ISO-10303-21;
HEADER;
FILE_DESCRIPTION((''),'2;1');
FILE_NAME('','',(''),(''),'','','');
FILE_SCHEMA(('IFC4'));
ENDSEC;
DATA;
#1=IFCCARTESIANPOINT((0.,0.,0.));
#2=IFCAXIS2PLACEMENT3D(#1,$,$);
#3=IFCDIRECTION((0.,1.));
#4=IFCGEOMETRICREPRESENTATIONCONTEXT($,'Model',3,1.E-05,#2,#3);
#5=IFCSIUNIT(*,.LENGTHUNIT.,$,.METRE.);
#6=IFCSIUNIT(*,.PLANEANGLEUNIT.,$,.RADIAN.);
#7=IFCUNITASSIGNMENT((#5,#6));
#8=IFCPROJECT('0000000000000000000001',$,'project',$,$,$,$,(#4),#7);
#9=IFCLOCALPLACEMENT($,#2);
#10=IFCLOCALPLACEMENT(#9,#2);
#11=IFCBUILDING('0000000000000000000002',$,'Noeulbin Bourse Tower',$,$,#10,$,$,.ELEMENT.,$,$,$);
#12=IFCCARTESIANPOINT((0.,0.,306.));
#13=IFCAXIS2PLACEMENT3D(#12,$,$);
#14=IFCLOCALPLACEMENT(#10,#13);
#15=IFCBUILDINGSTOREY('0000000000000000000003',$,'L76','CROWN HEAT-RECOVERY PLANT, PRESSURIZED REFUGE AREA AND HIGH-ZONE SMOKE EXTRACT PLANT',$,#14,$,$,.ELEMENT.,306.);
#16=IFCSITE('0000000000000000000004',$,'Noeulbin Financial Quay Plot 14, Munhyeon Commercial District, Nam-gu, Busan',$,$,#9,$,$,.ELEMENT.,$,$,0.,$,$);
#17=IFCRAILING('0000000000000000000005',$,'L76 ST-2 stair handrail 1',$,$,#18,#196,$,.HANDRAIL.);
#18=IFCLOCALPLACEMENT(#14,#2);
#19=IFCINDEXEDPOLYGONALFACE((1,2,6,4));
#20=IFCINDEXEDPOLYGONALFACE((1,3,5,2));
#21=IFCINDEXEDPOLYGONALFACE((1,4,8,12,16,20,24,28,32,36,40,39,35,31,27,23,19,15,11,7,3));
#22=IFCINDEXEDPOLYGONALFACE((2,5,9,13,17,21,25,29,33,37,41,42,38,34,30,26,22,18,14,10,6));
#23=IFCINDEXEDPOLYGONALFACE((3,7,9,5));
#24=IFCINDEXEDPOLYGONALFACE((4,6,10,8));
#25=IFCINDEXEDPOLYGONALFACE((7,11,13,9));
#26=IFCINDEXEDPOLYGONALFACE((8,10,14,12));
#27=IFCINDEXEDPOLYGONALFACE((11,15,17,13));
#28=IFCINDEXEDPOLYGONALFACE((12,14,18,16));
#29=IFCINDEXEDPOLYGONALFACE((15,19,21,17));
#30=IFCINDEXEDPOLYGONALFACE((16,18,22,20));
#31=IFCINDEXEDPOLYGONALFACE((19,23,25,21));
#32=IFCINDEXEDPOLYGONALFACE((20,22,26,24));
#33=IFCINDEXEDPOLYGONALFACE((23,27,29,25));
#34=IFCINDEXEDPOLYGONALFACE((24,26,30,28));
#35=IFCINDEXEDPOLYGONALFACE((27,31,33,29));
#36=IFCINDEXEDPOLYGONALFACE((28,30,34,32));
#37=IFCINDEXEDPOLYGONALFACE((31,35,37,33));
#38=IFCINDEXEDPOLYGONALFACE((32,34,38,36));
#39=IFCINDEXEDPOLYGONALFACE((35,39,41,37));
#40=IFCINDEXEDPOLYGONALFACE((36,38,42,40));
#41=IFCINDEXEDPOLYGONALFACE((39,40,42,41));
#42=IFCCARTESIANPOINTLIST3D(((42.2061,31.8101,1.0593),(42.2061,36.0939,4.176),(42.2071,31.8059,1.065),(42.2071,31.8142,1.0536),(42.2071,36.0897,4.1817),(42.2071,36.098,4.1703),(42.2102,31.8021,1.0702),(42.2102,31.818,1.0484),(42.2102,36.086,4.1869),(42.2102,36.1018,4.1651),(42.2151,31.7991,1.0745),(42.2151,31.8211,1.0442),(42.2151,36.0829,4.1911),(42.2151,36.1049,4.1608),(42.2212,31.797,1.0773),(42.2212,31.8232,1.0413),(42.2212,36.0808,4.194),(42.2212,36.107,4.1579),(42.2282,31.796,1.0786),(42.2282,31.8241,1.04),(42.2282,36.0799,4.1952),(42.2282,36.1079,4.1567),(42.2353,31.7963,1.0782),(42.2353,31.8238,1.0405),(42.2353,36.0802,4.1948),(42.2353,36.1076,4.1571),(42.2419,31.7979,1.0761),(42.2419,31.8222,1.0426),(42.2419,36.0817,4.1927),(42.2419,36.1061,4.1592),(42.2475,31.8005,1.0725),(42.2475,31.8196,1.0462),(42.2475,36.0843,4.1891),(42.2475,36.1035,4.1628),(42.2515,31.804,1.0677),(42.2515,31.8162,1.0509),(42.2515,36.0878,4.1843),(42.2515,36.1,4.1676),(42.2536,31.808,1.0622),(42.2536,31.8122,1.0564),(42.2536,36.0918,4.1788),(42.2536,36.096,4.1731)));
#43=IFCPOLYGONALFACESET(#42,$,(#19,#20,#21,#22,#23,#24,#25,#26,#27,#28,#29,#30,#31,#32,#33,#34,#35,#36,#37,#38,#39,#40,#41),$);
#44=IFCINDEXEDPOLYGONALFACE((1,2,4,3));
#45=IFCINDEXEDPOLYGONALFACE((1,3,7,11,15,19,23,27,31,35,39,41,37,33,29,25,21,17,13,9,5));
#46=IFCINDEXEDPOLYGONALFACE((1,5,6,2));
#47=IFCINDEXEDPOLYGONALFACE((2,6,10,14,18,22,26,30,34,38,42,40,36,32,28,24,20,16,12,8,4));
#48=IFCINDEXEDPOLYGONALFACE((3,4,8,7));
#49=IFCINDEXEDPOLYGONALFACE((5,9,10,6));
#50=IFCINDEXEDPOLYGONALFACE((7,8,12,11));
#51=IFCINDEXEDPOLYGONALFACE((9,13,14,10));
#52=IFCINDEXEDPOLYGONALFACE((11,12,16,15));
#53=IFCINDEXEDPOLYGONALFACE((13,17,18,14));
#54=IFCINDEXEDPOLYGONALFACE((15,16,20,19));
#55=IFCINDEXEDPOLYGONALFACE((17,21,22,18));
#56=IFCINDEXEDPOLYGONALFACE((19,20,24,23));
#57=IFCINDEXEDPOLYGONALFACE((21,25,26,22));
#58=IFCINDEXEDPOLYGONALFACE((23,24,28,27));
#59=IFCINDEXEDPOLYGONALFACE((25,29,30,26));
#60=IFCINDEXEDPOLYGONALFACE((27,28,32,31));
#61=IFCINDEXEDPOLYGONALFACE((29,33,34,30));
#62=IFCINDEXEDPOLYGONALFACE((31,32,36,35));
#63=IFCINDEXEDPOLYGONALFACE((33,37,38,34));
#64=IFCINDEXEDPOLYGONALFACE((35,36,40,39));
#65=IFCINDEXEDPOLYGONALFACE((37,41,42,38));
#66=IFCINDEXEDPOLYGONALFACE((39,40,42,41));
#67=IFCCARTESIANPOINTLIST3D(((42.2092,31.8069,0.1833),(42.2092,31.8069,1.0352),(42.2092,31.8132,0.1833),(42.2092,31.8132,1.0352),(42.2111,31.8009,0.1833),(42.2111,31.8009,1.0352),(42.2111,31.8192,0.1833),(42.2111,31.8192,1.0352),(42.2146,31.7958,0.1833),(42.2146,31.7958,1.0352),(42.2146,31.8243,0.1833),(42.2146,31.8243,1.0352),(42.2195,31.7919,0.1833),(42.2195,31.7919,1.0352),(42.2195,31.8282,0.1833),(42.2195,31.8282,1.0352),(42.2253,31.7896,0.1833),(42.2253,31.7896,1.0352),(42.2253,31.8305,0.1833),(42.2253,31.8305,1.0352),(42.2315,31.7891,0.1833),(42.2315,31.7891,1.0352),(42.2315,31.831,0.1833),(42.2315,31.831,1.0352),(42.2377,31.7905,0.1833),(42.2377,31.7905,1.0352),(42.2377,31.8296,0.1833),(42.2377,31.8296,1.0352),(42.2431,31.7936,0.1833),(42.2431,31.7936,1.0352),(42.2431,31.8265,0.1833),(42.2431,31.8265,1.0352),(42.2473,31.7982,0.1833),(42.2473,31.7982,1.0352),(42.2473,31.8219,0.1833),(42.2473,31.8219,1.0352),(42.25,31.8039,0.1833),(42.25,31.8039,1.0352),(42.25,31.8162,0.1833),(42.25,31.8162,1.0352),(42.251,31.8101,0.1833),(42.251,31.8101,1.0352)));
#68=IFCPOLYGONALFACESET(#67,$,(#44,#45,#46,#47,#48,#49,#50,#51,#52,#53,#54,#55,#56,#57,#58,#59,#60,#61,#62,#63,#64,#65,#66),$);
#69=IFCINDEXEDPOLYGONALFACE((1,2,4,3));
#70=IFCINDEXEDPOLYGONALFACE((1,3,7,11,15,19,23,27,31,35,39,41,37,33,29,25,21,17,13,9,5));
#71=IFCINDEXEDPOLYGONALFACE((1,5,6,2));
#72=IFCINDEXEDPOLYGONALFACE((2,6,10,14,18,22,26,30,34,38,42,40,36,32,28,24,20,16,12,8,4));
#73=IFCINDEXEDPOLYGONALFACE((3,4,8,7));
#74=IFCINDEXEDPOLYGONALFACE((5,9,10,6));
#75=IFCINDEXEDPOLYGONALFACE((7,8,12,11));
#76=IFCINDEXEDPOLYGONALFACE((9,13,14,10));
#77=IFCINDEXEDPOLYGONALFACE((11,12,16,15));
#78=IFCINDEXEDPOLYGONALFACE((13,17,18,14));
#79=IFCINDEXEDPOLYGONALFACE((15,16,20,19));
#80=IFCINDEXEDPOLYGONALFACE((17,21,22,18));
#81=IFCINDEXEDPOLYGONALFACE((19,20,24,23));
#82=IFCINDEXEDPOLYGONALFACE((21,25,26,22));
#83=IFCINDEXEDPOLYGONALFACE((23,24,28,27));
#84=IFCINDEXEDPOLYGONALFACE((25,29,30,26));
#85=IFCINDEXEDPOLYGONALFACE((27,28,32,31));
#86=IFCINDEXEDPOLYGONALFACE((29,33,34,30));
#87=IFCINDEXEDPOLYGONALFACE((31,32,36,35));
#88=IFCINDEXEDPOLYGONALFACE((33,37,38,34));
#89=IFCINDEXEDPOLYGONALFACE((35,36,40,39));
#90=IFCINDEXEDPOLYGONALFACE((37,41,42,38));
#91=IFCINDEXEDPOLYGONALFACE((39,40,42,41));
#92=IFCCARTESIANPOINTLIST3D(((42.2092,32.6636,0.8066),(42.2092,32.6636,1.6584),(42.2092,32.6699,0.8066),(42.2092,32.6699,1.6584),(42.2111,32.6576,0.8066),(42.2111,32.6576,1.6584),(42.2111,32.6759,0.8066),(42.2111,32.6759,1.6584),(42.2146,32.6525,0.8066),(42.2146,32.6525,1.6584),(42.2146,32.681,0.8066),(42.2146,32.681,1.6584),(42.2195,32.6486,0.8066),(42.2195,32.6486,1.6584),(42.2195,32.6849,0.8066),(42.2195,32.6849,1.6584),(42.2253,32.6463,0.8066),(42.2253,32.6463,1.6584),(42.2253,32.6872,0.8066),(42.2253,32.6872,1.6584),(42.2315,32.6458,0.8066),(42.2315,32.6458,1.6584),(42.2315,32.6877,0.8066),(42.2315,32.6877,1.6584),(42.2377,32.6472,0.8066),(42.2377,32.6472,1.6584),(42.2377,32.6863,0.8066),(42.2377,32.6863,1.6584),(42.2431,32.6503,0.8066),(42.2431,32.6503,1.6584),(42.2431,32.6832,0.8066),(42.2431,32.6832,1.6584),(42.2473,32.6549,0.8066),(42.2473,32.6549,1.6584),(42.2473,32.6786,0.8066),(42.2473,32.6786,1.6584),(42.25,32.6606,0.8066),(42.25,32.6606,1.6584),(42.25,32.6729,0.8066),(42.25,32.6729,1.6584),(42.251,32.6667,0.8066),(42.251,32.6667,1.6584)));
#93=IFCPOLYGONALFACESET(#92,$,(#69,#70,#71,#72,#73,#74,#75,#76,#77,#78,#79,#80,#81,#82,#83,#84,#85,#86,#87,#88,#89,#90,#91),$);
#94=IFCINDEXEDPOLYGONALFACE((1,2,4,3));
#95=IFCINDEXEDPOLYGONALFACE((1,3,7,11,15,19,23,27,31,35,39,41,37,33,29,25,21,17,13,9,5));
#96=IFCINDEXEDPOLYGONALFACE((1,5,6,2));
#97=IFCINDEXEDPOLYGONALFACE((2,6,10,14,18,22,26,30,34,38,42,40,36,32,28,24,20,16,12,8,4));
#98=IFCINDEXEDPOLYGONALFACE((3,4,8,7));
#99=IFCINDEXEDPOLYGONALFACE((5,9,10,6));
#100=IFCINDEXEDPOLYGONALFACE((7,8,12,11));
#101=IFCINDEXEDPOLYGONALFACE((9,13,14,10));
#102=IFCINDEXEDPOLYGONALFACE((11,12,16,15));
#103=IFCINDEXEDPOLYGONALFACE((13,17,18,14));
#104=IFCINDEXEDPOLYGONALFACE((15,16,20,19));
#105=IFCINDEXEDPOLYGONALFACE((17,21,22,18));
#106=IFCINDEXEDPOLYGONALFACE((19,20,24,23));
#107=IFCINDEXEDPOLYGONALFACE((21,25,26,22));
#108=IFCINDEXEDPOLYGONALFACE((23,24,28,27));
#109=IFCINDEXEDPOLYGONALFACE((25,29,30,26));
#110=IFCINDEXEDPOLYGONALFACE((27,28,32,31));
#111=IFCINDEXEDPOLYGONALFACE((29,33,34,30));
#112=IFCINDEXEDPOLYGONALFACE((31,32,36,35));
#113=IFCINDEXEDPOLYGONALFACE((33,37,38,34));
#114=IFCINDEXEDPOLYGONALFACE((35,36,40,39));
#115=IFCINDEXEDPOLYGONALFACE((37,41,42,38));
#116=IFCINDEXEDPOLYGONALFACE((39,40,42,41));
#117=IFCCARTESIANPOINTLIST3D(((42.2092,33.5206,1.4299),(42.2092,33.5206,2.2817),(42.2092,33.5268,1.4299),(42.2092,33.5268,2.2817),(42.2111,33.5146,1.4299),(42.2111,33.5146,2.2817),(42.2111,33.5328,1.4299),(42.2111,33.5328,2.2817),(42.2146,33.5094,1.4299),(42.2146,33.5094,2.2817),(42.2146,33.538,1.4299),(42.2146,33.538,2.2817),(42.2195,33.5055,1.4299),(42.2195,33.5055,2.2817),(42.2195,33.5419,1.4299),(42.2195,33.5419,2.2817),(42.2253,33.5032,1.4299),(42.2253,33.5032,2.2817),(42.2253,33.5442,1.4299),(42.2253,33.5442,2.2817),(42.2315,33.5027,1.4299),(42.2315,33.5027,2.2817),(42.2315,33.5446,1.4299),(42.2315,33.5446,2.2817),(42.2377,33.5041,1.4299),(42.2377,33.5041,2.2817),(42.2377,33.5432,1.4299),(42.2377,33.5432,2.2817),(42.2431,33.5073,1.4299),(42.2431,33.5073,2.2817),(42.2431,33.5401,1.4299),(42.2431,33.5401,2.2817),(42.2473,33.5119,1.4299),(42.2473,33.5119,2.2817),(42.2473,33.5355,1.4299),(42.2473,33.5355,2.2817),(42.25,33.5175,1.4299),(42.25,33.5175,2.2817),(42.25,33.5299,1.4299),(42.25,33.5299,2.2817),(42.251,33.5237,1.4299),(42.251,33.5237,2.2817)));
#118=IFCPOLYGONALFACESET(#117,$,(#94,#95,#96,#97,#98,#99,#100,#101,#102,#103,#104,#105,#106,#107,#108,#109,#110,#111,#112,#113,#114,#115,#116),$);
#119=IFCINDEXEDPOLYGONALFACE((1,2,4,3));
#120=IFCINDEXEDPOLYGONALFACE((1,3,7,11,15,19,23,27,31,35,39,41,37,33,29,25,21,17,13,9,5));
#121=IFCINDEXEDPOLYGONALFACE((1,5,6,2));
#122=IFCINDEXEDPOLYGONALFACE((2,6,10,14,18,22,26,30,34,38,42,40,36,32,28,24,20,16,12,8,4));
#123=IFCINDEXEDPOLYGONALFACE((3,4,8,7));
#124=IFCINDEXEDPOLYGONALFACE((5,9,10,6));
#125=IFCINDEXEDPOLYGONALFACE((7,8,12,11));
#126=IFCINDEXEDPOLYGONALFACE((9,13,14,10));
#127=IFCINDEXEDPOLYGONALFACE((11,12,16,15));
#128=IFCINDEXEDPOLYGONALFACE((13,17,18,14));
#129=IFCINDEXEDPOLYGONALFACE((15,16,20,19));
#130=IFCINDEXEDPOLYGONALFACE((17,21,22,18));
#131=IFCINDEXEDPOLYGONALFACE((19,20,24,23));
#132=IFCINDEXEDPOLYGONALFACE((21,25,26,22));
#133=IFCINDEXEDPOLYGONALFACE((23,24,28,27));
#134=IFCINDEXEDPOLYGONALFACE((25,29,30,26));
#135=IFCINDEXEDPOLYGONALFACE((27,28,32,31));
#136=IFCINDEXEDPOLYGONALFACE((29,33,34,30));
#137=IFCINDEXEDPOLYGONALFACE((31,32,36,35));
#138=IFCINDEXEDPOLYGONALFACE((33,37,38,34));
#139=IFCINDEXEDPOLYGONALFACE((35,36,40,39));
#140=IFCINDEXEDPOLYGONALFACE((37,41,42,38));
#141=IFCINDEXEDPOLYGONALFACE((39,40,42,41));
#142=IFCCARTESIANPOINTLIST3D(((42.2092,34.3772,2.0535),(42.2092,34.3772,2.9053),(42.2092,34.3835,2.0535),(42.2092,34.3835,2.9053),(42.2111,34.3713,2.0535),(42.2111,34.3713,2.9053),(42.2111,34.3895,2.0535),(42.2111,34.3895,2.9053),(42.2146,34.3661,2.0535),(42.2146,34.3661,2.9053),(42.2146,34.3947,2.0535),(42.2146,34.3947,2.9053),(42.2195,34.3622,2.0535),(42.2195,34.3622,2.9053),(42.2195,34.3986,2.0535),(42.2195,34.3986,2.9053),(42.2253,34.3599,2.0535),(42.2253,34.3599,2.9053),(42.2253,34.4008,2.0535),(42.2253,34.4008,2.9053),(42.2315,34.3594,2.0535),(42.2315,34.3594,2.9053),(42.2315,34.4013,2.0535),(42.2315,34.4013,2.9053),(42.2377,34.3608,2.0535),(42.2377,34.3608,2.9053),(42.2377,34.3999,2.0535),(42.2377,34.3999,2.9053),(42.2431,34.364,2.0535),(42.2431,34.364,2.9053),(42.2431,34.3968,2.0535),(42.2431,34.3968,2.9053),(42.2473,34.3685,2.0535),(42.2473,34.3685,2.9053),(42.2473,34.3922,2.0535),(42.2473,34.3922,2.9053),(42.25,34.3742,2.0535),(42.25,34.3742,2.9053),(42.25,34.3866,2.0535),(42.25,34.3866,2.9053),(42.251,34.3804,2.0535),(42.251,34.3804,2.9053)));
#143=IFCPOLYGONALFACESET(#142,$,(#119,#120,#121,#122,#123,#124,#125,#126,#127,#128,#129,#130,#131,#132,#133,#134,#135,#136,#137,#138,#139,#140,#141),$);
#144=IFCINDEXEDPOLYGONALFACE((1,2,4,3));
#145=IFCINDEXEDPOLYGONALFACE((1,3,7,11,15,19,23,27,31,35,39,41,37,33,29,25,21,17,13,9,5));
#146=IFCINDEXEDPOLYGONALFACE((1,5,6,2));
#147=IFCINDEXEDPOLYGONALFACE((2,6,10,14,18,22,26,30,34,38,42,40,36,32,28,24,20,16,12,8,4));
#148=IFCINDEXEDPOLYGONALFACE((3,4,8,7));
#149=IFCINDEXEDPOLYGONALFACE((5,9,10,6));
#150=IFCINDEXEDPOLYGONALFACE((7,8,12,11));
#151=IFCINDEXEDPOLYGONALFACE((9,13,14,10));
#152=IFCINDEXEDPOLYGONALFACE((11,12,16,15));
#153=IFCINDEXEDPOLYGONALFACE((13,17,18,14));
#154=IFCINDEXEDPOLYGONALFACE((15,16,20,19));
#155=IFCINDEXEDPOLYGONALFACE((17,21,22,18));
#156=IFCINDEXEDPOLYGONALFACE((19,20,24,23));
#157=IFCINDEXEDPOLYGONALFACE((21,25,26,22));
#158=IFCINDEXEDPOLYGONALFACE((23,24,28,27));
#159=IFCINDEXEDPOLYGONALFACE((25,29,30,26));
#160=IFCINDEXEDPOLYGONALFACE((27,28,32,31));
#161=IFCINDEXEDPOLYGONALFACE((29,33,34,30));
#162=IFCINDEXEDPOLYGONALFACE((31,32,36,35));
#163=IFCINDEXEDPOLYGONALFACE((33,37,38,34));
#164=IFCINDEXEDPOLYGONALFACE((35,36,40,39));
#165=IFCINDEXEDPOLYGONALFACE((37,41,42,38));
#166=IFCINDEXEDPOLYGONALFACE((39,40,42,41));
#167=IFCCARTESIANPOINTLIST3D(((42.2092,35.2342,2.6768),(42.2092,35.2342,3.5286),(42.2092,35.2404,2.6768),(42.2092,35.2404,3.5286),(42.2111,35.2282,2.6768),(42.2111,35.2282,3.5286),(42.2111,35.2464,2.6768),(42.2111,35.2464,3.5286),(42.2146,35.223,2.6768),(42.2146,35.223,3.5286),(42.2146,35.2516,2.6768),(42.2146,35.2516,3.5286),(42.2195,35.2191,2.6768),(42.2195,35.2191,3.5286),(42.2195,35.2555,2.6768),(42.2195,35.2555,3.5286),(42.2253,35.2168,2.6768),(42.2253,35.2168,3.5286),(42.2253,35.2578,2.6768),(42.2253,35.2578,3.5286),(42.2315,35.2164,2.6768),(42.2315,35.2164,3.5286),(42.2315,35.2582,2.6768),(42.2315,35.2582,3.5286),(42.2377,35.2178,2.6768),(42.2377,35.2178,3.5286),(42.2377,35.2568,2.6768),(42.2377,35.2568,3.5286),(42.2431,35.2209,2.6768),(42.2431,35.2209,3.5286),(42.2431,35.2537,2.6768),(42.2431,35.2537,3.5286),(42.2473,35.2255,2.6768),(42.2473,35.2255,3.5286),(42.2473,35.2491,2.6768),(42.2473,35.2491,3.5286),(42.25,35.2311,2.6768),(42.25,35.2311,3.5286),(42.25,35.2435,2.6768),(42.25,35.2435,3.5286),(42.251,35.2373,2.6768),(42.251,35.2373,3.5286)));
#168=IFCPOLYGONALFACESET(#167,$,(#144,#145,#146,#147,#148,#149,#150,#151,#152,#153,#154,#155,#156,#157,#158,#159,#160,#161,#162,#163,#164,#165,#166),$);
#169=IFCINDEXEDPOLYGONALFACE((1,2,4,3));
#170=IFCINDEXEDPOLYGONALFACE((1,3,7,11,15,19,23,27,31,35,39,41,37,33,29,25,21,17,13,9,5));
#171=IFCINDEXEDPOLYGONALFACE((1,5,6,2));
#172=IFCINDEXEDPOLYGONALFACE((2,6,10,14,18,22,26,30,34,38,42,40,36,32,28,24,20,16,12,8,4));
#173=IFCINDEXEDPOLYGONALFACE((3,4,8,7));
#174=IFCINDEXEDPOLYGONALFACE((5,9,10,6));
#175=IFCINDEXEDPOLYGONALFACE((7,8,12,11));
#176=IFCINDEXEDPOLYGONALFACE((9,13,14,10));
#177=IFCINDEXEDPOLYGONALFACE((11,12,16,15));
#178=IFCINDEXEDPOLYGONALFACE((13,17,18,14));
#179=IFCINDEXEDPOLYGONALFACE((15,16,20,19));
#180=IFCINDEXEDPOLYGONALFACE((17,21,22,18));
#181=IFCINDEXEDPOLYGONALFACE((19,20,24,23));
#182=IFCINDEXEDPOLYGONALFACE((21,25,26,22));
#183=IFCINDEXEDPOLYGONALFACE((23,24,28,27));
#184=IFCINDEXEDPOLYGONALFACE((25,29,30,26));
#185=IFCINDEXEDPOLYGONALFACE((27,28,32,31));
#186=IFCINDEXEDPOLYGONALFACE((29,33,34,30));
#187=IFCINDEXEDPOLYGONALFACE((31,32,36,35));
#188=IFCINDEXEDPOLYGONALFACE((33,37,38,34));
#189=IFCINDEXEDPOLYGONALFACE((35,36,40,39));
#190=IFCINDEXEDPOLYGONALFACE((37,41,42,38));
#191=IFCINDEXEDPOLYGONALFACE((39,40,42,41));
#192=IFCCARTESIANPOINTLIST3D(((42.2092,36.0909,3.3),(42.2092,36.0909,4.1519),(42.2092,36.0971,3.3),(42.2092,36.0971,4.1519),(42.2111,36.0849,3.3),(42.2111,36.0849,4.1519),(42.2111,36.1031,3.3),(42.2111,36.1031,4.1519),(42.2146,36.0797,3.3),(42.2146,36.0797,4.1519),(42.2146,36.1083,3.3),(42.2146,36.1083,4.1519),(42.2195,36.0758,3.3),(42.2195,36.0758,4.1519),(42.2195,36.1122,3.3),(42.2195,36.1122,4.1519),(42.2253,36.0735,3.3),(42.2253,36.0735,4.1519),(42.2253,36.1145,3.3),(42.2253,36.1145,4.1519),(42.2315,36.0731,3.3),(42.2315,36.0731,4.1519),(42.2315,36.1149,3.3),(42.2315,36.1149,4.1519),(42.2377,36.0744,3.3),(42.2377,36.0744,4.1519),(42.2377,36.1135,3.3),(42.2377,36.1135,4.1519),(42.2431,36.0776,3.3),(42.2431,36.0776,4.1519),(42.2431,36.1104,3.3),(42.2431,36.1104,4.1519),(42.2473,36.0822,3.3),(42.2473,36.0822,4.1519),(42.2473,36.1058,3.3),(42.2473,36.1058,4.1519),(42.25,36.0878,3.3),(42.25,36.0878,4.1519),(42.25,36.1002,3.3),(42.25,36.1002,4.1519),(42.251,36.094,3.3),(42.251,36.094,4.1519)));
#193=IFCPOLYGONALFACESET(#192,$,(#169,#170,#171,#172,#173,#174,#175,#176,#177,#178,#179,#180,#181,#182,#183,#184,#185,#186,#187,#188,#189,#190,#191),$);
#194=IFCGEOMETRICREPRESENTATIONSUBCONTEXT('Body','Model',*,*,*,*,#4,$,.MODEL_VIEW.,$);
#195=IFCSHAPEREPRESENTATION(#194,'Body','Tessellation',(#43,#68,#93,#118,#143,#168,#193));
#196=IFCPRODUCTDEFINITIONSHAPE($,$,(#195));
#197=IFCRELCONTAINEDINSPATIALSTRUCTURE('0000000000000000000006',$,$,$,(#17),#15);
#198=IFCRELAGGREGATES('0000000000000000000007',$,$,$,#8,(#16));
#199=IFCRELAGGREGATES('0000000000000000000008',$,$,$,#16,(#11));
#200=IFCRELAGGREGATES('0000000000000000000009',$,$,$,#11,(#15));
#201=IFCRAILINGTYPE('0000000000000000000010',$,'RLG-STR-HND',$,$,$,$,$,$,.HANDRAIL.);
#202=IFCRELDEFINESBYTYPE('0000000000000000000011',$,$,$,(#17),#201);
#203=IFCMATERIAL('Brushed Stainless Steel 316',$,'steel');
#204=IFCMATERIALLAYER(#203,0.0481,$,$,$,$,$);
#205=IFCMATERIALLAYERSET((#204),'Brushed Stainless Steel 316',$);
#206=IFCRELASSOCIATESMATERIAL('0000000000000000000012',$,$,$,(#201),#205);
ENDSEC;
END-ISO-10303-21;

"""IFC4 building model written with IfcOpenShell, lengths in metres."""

from ifc_helpers import new_model, si_unit, direction, frame, origin, origin_2d, place, context, subcontext, project, spatial, circle, extrude, material, layer, layer_set, type_object, element, save


model = new_model("IFC4")

# Units and contexts
model_context = context("Model", 3, precision=1e-05, world=origin(), true_north=direction((0.0, 1.0)))
body_context = subcontext(model_context, "Body", "Model", "MODEL_VIEW")
ifc_project = project(units=[si_unit("LENGTHUNIT", "METRE"), si_unit("PLANEANGLEUNIT", "RADIAN")], contexts=[model_context])

# Site, building, storey
site_placement = place(None, origin())
site = spatial("IfcSite", under=ifc_project, at=site_placement, Name="Noeulbin Financial Quay Plot 14, Munhyeon Commercial District, Nam-gu, Busan", CompositionType="ELEMENT", RefElevation=0.0)
building_placement = place(site_placement, origin())
building = spatial("IfcBuilding", under=site, at=building_placement, Name="Noeulbin Bourse Tower", CompositionType="ELEMENT")
storey_placement = place(building_placement, frame((0.0, 0.0, 306.0)))
storey = spatial("IfcBuildingStorey", under=building, at=storey_placement, Name="L76", Description="CROWN HEAT-RECOVERY PLANT, PRESSURIZED REFUGE AREA AND HIGH-ZONE SMOKE EXTRACT PLANT", CompositionType="ELEMENT", Elevation=306.0)

# Railing
ifc_material_1 = material(Name="Brushed Stainless Steel 316", Category="steel")
ifc_layer_1 = layer(ifc_material_1, 0.0481)
ifc_layer_set_1 = layer_set([ifc_layer_1], Name="Brushed Stainless Steel 316")
railing_type = type_object("IfcRailingType", Name="RLG-STR-HND", PredefinedType="HANDRAIL", material=ifc_layer_set_1)
railing_placement = place(storey_placement, frame((42.23, 31.8101, 0.1833)))
element("IfcRailing", 1, at=railing_placement, inside=storey, type_object=railing_type, Name="L76 ST-2 stair handrail 1", PredefinedType="HANDRAIL", context=body_context, shape_type="SweptSolid", body=[
    extrude(circle(Radius=0.0239, at=origin_2d()), frame((0.0, 0.0, 0.876), z_axis=(0.0, 0.808636, 0.588309), x_axis=(-1.0, 0.0, 0.0)), (0.0, 0.0, 1.0), 5.2976),
    extrude(circle(Radius=0.021, at=origin_2d()), origin(), (0.0, 0.0, 1.0), 0.8518),
    extrude(circle(Radius=0.021, at=origin_2d()), frame((0.0, 0.8567, 0.6233)), (0.0, 0.0, 1.0), 0.8518),
    extrude(circle(Radius=0.021, at=origin_2d()), frame((0.0, 1.7136, 1.2466)), (0.0, 0.0, 1.0), 0.8518),
    extrude(circle(Radius=0.021, at=origin_2d()), frame((0.0, 2.5703, 1.8701)), (0.0, 0.0, 1.0), 0.8518),
    extrude(circle(Radius=0.021, at=origin_2d()), frame((0.0, 3.4272, 2.4934)), (0.0, 0.0, 1.0), 0.8518),
    extrude(circle(Radius=0.021, at=origin_2d()), frame((0.0, 4.2839, 3.1167)), (0.0, 0.0, 1.0), 0.8518),
])

save(model, "model.ifc")
